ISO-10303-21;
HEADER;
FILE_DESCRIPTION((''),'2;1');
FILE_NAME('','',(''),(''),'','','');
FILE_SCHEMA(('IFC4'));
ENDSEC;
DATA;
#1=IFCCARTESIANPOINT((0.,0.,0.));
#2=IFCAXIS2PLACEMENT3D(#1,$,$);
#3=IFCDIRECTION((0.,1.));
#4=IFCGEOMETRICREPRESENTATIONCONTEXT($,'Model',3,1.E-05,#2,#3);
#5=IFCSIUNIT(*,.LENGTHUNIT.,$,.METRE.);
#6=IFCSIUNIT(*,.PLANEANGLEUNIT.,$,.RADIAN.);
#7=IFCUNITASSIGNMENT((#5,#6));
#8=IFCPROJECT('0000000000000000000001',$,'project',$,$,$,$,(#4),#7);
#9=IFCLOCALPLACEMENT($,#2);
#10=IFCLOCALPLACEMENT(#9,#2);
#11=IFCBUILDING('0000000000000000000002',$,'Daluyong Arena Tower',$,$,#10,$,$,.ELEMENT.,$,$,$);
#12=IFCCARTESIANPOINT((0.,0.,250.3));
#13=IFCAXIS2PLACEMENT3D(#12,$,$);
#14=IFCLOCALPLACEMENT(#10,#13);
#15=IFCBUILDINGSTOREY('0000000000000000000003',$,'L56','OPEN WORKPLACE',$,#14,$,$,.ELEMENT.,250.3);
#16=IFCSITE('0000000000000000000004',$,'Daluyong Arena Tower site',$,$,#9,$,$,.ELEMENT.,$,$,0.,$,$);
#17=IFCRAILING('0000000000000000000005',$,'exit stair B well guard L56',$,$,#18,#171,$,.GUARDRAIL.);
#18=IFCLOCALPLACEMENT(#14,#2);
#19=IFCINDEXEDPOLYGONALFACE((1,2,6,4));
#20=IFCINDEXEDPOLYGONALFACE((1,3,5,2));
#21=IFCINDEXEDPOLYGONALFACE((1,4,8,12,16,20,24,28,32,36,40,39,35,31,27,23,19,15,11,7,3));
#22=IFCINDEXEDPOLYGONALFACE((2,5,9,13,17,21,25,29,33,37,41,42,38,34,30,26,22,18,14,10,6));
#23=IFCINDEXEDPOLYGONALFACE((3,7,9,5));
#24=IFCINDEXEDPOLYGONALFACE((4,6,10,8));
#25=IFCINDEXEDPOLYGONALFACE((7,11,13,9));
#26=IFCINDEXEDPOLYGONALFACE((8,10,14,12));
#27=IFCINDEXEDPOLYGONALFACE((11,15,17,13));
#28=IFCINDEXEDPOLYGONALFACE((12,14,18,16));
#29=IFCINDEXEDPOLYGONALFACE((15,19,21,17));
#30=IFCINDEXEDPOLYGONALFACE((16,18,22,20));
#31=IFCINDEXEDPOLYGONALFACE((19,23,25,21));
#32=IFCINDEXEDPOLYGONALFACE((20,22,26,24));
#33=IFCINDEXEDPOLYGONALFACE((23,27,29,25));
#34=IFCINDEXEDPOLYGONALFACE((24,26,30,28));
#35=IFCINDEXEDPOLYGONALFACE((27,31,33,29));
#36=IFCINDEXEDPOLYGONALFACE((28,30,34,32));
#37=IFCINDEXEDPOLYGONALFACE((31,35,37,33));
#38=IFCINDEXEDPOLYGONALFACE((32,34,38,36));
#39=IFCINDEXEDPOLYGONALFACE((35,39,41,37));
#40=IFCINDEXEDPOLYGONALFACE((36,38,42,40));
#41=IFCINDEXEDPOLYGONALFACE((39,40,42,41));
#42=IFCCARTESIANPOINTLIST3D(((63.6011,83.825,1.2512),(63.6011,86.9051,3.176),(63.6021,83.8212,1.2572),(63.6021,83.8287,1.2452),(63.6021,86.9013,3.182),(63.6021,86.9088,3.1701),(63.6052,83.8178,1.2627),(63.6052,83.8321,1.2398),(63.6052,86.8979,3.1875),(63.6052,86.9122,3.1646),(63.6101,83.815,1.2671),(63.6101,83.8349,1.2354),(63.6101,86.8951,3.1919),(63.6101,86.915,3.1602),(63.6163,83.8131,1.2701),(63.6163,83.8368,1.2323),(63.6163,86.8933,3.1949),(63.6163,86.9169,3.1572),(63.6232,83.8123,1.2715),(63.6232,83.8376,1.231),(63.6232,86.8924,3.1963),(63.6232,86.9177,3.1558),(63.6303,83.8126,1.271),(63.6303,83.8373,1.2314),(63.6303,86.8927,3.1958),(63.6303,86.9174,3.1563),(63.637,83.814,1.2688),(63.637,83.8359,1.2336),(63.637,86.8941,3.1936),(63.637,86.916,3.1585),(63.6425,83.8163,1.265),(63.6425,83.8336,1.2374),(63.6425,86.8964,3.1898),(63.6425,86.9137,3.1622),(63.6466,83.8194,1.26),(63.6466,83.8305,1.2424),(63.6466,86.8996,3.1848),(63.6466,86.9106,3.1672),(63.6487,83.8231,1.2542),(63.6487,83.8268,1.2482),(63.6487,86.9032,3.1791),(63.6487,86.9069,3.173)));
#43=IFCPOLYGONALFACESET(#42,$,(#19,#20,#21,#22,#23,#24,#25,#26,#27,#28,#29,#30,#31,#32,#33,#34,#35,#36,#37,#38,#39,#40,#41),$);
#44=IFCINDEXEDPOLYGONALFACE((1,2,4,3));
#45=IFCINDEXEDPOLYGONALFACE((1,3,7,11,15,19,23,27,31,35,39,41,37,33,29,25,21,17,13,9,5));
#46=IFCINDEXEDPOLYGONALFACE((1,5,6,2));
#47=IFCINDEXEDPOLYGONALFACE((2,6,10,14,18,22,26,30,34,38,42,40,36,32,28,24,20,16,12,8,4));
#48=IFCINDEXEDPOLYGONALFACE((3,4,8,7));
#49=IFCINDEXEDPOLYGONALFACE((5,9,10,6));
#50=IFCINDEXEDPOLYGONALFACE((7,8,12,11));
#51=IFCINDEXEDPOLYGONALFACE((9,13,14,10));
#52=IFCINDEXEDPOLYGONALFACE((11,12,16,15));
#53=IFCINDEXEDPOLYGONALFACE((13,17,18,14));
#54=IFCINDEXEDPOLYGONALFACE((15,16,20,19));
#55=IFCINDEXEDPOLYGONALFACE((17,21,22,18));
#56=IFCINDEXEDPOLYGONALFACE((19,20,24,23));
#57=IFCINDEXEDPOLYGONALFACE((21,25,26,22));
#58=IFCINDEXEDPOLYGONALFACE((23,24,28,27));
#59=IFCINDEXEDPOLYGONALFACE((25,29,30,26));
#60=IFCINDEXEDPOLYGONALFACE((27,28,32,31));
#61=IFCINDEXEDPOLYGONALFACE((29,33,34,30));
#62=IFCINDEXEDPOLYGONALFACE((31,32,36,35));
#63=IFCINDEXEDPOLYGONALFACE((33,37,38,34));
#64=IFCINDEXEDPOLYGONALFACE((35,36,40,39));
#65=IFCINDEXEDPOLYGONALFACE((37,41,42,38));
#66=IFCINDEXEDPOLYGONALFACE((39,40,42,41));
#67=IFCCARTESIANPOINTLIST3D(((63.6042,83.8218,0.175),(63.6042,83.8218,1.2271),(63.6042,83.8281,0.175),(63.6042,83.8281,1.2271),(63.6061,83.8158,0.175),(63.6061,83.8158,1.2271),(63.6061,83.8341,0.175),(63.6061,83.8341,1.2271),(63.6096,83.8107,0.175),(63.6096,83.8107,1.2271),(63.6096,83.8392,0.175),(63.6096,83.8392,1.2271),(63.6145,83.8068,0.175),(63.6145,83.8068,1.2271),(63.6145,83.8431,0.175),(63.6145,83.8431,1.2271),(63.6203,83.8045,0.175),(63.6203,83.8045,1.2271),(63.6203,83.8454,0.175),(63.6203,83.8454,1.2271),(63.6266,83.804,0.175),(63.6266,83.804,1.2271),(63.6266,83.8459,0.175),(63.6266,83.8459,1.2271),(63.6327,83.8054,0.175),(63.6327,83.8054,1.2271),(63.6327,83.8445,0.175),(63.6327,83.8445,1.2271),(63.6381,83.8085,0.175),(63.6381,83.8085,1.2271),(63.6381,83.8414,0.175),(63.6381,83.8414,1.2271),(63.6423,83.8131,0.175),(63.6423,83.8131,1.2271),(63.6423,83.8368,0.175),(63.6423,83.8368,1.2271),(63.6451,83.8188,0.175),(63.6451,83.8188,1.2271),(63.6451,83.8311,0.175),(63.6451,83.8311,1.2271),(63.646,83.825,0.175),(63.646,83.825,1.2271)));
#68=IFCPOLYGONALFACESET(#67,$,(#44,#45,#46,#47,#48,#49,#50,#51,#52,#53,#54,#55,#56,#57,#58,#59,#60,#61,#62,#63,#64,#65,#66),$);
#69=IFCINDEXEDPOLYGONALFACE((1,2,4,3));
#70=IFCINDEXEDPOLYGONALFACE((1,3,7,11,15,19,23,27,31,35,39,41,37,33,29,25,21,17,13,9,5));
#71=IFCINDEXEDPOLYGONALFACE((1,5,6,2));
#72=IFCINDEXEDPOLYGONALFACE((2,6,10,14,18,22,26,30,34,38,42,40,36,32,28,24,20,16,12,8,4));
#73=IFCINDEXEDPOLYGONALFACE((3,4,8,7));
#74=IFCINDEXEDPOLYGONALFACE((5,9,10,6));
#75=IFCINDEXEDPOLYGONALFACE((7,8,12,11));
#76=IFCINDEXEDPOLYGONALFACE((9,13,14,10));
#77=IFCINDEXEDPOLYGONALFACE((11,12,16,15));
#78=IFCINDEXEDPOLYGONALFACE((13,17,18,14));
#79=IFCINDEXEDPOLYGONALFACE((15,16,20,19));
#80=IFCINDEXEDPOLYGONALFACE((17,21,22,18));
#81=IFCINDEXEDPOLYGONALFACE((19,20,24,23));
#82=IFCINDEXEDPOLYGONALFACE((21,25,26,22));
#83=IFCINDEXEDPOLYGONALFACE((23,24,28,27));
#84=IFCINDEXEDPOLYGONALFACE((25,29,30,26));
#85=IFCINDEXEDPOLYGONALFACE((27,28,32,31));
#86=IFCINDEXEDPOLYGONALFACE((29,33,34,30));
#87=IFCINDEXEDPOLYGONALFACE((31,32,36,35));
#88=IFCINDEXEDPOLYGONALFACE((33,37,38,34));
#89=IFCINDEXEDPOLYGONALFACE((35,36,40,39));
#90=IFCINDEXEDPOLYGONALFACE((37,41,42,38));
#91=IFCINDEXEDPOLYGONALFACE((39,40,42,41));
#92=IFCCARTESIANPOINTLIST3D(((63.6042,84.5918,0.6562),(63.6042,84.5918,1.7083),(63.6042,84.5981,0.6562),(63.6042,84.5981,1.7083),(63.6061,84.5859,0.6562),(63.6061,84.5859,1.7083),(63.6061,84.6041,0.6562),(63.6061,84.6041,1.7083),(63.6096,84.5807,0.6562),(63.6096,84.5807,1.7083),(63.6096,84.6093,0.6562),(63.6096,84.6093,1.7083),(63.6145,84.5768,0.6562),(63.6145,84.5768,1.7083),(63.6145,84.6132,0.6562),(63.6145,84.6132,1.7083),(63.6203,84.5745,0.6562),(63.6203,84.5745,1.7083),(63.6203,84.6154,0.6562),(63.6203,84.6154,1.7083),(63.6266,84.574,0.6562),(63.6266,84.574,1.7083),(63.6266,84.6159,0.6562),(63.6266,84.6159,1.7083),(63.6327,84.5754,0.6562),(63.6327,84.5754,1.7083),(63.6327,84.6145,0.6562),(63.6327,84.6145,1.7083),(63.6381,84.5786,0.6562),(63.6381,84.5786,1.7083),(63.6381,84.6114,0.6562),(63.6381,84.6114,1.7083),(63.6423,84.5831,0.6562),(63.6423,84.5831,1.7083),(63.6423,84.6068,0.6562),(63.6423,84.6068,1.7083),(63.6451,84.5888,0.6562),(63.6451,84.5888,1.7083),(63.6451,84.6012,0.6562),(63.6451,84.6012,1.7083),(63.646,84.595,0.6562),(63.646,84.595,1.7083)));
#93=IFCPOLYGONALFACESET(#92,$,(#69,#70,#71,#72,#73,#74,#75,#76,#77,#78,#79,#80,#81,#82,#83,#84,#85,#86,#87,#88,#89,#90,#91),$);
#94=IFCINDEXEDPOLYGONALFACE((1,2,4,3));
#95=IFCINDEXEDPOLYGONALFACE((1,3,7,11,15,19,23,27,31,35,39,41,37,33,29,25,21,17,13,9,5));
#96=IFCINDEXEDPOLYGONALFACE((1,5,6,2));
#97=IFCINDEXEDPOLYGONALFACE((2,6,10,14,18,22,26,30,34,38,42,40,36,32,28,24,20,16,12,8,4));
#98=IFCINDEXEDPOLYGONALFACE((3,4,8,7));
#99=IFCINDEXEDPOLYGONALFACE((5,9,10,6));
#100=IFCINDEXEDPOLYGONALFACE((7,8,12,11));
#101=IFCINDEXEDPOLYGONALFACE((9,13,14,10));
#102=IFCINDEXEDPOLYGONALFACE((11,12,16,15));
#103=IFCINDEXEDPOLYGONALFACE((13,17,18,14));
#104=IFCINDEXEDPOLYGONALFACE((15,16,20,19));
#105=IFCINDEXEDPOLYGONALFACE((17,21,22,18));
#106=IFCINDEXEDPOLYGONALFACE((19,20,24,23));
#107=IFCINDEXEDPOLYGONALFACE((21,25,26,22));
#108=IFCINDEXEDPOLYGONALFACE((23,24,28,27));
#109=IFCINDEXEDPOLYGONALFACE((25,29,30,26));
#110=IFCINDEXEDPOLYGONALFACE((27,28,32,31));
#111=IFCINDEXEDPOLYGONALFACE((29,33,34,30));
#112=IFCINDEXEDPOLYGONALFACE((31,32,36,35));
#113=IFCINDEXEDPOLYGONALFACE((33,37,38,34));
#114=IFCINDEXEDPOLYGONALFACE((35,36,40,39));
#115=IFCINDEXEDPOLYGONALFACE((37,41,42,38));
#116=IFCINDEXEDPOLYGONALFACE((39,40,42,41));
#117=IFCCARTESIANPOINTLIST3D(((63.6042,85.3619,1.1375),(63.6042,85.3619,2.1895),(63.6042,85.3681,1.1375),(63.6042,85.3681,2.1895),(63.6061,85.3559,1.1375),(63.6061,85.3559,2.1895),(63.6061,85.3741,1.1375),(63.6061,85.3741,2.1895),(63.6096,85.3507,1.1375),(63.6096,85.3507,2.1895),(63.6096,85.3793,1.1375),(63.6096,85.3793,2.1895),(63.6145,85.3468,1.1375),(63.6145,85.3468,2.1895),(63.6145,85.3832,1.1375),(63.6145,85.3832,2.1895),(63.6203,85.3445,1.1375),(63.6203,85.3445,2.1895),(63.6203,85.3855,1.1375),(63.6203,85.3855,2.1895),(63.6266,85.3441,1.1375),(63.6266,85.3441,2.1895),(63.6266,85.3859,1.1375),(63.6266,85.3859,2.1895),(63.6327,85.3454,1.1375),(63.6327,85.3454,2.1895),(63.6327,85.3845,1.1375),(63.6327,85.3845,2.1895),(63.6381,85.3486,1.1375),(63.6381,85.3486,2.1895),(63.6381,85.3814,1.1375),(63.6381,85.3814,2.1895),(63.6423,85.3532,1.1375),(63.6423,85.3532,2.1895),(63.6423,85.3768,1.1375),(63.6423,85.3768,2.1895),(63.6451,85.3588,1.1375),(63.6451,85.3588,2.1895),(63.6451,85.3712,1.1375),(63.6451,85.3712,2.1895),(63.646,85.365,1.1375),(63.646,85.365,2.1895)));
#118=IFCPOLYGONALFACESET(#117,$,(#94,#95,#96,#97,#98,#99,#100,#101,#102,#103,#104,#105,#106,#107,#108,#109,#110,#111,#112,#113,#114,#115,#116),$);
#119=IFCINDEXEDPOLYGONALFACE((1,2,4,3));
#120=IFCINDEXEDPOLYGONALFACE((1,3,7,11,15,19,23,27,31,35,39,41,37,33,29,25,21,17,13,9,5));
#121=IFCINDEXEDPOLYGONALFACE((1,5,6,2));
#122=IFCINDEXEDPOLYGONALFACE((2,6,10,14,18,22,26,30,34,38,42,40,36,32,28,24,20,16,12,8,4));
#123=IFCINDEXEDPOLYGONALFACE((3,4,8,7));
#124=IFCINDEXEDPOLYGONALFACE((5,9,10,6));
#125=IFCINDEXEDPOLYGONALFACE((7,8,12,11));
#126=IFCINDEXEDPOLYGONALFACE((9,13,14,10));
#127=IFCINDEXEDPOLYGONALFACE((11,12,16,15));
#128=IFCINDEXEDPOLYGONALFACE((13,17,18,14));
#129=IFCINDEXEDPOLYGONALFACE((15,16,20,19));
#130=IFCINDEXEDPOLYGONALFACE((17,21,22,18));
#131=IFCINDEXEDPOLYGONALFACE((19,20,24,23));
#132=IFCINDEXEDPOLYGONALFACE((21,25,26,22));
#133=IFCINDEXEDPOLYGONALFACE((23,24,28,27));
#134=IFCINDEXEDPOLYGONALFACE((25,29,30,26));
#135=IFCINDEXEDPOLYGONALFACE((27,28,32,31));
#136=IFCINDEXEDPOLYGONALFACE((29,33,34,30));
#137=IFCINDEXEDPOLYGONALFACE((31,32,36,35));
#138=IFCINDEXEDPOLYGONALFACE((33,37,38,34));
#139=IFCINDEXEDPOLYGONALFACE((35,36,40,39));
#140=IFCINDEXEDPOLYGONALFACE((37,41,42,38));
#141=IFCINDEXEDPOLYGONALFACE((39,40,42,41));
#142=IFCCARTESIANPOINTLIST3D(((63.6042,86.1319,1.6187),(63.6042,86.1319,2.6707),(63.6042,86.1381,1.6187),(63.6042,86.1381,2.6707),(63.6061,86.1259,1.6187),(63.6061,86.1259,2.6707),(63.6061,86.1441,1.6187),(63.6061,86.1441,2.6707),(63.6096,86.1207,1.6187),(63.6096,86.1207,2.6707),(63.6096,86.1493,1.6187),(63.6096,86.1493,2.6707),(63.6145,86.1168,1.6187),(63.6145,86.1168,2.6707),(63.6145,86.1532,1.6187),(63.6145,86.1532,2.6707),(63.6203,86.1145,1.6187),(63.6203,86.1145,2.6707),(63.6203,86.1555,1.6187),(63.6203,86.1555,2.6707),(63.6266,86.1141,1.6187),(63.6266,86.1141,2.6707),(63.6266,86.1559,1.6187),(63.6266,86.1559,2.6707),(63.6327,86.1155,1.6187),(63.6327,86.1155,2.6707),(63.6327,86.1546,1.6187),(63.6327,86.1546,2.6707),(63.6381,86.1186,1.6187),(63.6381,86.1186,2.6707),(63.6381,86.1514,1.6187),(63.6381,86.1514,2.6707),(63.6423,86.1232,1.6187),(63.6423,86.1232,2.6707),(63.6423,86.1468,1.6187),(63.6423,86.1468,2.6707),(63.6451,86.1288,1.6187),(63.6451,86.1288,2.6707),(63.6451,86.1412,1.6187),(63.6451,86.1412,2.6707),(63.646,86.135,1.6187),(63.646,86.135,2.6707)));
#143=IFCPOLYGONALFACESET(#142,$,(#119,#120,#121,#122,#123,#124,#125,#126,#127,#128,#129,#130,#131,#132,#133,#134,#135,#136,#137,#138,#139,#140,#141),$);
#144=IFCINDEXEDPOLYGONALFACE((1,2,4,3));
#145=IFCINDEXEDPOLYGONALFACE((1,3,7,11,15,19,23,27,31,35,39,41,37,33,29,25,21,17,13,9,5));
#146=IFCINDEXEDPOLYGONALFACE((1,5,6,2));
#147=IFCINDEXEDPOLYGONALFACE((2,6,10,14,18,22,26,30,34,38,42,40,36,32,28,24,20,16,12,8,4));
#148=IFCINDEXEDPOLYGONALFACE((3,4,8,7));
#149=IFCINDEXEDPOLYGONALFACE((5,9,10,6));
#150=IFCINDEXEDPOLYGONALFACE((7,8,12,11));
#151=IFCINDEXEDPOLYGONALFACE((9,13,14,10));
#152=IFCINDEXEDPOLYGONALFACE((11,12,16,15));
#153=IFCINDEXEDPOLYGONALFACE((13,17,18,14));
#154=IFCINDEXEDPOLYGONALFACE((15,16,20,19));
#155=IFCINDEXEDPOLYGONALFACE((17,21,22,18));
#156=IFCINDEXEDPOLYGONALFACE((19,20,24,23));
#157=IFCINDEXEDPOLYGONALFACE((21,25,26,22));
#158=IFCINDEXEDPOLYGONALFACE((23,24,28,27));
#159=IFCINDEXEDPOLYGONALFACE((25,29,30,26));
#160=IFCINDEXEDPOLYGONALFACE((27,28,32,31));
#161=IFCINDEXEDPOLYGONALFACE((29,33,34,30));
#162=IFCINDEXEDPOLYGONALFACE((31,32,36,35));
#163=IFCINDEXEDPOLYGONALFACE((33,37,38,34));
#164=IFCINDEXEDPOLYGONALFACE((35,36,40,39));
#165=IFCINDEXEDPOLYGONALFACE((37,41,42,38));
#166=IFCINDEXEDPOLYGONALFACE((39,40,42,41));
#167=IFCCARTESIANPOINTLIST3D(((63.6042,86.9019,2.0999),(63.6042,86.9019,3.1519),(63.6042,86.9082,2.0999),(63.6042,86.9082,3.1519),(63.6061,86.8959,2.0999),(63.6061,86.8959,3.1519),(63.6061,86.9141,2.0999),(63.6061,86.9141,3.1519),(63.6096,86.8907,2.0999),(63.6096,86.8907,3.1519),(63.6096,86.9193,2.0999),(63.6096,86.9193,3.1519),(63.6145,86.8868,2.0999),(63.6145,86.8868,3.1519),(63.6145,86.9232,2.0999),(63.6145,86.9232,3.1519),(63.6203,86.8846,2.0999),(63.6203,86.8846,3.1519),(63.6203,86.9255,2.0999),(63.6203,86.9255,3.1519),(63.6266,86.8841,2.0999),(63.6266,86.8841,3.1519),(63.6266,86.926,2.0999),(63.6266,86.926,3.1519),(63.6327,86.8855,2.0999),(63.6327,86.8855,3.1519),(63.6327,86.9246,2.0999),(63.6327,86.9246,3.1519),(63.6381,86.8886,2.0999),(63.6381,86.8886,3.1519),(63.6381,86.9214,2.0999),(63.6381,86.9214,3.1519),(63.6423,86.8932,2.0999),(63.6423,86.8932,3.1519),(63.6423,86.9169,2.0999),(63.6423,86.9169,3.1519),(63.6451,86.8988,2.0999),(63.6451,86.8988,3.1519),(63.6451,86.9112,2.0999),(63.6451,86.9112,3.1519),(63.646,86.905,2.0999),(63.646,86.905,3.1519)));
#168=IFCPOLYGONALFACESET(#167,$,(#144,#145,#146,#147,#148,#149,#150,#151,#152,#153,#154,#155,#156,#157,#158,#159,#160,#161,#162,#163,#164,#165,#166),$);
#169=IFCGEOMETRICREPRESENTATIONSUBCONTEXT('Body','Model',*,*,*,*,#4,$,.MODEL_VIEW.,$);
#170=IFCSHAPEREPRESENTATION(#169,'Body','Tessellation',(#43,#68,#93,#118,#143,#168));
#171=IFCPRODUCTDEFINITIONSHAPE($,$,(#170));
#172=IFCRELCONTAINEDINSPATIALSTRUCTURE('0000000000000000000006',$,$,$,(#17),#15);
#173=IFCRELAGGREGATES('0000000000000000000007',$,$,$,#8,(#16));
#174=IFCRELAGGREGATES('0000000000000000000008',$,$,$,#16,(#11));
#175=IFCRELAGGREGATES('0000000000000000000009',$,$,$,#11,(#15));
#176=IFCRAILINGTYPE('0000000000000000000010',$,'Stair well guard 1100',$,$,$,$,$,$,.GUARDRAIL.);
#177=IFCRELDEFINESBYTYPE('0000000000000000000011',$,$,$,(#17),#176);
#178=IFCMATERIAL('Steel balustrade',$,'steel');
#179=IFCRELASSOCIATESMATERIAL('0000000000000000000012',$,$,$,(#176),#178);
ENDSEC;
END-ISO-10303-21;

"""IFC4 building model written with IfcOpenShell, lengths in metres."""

from ifc_helpers import new_model, si_unit, direction, frame, origin, origin_2d, place, context, subcontext, project, spatial, circle, extrude, material, type_object, element, save


model = new_model("IFC4")

# Units and contexts
model_context = context("Model", 3, precision=1e-05, world=origin(), true_north=direction((0.0, 1.0)))
body_context = subcontext(model_context, "Body", "Model", "MODEL_VIEW")
ifc_project = project(units=[si_unit("LENGTHUNIT", "METRE"), si_unit("PLANEANGLEUNIT", "RADIAN")], contexts=[model_context])

# Site, building, storey
site_placement = place(None, origin())
site = spatial("IfcSite", under=ifc_project, at=site_placement, Name="Daluyong Arena Tower site", CompositionType="ELEMENT", RefElevation=0.0)
building_placement = place(site_placement, origin())
building = spatial("IfcBuilding", under=site, at=building_placement, Name="Daluyong Arena Tower", CompositionType="ELEMENT")
storey_placement = place(building_placement, frame((0.0, 0.0, 250.3)))
storey = spatial("IfcBuildingStorey", under=building, at=storey_placement, Name="L56", Description="OPEN WORKPLACE", CompositionType="ELEMENT", Elevation=250.3)

# Railing
ifc_material_1 = material(Name="Steel balustrade", Category="steel")
railing_type_1 = type_object("IfcRailingType", Name="Stair well guard 1100", PredefinedType="GUARDRAIL", material=ifc_material_1)
railing_1_placement = place(storey_placement, frame((63.625, 83.825, 0.175)))
element("IfcRailing", 1, at=railing_1_placement, inside=storey, type_object=railing_type_1, Name="exit stair B well guard L56", PredefinedType="GUARDRAIL", context=body_context, shape_type="SweptSolid", body=[
    extrude(circle(Radius=0.0239, at=origin_2d()), frame((0.0, 0.0, 1.0762), z_axis=(0.0, 0.848029, 0.529951), x_axis=(-1.0, 0.0, 0.0)), (0.0, 0.0, 1.0), 3.6321),
    extrude(circle(Radius=0.021, at=origin_2d()), origin(), (0.0, 0.0, 1.0), 1.052),
    extrude(circle(Radius=0.021, at=origin_2d()), frame((0.0, 0.77, 0.4812)), (0.0, 0.0, 1.0), 1.052),
    extrude(circle(Radius=0.021, at=origin_2d()), frame((0.0, 1.54, 0.9624)), (0.0, 0.0, 1.0), 1.052),
    extrude(circle(Radius=0.021, at=origin_2d()), frame((0.0, 2.3101, 1.4436)), (0.0, 0.0, 1.0), 1.052),
    extrude(circle(Radius=0.021, at=origin_2d()), frame((0.0, 3.0801, 1.9248)), (0.0, 0.0, 1.0), 1.052),
])

save(model, "model.ifc")
